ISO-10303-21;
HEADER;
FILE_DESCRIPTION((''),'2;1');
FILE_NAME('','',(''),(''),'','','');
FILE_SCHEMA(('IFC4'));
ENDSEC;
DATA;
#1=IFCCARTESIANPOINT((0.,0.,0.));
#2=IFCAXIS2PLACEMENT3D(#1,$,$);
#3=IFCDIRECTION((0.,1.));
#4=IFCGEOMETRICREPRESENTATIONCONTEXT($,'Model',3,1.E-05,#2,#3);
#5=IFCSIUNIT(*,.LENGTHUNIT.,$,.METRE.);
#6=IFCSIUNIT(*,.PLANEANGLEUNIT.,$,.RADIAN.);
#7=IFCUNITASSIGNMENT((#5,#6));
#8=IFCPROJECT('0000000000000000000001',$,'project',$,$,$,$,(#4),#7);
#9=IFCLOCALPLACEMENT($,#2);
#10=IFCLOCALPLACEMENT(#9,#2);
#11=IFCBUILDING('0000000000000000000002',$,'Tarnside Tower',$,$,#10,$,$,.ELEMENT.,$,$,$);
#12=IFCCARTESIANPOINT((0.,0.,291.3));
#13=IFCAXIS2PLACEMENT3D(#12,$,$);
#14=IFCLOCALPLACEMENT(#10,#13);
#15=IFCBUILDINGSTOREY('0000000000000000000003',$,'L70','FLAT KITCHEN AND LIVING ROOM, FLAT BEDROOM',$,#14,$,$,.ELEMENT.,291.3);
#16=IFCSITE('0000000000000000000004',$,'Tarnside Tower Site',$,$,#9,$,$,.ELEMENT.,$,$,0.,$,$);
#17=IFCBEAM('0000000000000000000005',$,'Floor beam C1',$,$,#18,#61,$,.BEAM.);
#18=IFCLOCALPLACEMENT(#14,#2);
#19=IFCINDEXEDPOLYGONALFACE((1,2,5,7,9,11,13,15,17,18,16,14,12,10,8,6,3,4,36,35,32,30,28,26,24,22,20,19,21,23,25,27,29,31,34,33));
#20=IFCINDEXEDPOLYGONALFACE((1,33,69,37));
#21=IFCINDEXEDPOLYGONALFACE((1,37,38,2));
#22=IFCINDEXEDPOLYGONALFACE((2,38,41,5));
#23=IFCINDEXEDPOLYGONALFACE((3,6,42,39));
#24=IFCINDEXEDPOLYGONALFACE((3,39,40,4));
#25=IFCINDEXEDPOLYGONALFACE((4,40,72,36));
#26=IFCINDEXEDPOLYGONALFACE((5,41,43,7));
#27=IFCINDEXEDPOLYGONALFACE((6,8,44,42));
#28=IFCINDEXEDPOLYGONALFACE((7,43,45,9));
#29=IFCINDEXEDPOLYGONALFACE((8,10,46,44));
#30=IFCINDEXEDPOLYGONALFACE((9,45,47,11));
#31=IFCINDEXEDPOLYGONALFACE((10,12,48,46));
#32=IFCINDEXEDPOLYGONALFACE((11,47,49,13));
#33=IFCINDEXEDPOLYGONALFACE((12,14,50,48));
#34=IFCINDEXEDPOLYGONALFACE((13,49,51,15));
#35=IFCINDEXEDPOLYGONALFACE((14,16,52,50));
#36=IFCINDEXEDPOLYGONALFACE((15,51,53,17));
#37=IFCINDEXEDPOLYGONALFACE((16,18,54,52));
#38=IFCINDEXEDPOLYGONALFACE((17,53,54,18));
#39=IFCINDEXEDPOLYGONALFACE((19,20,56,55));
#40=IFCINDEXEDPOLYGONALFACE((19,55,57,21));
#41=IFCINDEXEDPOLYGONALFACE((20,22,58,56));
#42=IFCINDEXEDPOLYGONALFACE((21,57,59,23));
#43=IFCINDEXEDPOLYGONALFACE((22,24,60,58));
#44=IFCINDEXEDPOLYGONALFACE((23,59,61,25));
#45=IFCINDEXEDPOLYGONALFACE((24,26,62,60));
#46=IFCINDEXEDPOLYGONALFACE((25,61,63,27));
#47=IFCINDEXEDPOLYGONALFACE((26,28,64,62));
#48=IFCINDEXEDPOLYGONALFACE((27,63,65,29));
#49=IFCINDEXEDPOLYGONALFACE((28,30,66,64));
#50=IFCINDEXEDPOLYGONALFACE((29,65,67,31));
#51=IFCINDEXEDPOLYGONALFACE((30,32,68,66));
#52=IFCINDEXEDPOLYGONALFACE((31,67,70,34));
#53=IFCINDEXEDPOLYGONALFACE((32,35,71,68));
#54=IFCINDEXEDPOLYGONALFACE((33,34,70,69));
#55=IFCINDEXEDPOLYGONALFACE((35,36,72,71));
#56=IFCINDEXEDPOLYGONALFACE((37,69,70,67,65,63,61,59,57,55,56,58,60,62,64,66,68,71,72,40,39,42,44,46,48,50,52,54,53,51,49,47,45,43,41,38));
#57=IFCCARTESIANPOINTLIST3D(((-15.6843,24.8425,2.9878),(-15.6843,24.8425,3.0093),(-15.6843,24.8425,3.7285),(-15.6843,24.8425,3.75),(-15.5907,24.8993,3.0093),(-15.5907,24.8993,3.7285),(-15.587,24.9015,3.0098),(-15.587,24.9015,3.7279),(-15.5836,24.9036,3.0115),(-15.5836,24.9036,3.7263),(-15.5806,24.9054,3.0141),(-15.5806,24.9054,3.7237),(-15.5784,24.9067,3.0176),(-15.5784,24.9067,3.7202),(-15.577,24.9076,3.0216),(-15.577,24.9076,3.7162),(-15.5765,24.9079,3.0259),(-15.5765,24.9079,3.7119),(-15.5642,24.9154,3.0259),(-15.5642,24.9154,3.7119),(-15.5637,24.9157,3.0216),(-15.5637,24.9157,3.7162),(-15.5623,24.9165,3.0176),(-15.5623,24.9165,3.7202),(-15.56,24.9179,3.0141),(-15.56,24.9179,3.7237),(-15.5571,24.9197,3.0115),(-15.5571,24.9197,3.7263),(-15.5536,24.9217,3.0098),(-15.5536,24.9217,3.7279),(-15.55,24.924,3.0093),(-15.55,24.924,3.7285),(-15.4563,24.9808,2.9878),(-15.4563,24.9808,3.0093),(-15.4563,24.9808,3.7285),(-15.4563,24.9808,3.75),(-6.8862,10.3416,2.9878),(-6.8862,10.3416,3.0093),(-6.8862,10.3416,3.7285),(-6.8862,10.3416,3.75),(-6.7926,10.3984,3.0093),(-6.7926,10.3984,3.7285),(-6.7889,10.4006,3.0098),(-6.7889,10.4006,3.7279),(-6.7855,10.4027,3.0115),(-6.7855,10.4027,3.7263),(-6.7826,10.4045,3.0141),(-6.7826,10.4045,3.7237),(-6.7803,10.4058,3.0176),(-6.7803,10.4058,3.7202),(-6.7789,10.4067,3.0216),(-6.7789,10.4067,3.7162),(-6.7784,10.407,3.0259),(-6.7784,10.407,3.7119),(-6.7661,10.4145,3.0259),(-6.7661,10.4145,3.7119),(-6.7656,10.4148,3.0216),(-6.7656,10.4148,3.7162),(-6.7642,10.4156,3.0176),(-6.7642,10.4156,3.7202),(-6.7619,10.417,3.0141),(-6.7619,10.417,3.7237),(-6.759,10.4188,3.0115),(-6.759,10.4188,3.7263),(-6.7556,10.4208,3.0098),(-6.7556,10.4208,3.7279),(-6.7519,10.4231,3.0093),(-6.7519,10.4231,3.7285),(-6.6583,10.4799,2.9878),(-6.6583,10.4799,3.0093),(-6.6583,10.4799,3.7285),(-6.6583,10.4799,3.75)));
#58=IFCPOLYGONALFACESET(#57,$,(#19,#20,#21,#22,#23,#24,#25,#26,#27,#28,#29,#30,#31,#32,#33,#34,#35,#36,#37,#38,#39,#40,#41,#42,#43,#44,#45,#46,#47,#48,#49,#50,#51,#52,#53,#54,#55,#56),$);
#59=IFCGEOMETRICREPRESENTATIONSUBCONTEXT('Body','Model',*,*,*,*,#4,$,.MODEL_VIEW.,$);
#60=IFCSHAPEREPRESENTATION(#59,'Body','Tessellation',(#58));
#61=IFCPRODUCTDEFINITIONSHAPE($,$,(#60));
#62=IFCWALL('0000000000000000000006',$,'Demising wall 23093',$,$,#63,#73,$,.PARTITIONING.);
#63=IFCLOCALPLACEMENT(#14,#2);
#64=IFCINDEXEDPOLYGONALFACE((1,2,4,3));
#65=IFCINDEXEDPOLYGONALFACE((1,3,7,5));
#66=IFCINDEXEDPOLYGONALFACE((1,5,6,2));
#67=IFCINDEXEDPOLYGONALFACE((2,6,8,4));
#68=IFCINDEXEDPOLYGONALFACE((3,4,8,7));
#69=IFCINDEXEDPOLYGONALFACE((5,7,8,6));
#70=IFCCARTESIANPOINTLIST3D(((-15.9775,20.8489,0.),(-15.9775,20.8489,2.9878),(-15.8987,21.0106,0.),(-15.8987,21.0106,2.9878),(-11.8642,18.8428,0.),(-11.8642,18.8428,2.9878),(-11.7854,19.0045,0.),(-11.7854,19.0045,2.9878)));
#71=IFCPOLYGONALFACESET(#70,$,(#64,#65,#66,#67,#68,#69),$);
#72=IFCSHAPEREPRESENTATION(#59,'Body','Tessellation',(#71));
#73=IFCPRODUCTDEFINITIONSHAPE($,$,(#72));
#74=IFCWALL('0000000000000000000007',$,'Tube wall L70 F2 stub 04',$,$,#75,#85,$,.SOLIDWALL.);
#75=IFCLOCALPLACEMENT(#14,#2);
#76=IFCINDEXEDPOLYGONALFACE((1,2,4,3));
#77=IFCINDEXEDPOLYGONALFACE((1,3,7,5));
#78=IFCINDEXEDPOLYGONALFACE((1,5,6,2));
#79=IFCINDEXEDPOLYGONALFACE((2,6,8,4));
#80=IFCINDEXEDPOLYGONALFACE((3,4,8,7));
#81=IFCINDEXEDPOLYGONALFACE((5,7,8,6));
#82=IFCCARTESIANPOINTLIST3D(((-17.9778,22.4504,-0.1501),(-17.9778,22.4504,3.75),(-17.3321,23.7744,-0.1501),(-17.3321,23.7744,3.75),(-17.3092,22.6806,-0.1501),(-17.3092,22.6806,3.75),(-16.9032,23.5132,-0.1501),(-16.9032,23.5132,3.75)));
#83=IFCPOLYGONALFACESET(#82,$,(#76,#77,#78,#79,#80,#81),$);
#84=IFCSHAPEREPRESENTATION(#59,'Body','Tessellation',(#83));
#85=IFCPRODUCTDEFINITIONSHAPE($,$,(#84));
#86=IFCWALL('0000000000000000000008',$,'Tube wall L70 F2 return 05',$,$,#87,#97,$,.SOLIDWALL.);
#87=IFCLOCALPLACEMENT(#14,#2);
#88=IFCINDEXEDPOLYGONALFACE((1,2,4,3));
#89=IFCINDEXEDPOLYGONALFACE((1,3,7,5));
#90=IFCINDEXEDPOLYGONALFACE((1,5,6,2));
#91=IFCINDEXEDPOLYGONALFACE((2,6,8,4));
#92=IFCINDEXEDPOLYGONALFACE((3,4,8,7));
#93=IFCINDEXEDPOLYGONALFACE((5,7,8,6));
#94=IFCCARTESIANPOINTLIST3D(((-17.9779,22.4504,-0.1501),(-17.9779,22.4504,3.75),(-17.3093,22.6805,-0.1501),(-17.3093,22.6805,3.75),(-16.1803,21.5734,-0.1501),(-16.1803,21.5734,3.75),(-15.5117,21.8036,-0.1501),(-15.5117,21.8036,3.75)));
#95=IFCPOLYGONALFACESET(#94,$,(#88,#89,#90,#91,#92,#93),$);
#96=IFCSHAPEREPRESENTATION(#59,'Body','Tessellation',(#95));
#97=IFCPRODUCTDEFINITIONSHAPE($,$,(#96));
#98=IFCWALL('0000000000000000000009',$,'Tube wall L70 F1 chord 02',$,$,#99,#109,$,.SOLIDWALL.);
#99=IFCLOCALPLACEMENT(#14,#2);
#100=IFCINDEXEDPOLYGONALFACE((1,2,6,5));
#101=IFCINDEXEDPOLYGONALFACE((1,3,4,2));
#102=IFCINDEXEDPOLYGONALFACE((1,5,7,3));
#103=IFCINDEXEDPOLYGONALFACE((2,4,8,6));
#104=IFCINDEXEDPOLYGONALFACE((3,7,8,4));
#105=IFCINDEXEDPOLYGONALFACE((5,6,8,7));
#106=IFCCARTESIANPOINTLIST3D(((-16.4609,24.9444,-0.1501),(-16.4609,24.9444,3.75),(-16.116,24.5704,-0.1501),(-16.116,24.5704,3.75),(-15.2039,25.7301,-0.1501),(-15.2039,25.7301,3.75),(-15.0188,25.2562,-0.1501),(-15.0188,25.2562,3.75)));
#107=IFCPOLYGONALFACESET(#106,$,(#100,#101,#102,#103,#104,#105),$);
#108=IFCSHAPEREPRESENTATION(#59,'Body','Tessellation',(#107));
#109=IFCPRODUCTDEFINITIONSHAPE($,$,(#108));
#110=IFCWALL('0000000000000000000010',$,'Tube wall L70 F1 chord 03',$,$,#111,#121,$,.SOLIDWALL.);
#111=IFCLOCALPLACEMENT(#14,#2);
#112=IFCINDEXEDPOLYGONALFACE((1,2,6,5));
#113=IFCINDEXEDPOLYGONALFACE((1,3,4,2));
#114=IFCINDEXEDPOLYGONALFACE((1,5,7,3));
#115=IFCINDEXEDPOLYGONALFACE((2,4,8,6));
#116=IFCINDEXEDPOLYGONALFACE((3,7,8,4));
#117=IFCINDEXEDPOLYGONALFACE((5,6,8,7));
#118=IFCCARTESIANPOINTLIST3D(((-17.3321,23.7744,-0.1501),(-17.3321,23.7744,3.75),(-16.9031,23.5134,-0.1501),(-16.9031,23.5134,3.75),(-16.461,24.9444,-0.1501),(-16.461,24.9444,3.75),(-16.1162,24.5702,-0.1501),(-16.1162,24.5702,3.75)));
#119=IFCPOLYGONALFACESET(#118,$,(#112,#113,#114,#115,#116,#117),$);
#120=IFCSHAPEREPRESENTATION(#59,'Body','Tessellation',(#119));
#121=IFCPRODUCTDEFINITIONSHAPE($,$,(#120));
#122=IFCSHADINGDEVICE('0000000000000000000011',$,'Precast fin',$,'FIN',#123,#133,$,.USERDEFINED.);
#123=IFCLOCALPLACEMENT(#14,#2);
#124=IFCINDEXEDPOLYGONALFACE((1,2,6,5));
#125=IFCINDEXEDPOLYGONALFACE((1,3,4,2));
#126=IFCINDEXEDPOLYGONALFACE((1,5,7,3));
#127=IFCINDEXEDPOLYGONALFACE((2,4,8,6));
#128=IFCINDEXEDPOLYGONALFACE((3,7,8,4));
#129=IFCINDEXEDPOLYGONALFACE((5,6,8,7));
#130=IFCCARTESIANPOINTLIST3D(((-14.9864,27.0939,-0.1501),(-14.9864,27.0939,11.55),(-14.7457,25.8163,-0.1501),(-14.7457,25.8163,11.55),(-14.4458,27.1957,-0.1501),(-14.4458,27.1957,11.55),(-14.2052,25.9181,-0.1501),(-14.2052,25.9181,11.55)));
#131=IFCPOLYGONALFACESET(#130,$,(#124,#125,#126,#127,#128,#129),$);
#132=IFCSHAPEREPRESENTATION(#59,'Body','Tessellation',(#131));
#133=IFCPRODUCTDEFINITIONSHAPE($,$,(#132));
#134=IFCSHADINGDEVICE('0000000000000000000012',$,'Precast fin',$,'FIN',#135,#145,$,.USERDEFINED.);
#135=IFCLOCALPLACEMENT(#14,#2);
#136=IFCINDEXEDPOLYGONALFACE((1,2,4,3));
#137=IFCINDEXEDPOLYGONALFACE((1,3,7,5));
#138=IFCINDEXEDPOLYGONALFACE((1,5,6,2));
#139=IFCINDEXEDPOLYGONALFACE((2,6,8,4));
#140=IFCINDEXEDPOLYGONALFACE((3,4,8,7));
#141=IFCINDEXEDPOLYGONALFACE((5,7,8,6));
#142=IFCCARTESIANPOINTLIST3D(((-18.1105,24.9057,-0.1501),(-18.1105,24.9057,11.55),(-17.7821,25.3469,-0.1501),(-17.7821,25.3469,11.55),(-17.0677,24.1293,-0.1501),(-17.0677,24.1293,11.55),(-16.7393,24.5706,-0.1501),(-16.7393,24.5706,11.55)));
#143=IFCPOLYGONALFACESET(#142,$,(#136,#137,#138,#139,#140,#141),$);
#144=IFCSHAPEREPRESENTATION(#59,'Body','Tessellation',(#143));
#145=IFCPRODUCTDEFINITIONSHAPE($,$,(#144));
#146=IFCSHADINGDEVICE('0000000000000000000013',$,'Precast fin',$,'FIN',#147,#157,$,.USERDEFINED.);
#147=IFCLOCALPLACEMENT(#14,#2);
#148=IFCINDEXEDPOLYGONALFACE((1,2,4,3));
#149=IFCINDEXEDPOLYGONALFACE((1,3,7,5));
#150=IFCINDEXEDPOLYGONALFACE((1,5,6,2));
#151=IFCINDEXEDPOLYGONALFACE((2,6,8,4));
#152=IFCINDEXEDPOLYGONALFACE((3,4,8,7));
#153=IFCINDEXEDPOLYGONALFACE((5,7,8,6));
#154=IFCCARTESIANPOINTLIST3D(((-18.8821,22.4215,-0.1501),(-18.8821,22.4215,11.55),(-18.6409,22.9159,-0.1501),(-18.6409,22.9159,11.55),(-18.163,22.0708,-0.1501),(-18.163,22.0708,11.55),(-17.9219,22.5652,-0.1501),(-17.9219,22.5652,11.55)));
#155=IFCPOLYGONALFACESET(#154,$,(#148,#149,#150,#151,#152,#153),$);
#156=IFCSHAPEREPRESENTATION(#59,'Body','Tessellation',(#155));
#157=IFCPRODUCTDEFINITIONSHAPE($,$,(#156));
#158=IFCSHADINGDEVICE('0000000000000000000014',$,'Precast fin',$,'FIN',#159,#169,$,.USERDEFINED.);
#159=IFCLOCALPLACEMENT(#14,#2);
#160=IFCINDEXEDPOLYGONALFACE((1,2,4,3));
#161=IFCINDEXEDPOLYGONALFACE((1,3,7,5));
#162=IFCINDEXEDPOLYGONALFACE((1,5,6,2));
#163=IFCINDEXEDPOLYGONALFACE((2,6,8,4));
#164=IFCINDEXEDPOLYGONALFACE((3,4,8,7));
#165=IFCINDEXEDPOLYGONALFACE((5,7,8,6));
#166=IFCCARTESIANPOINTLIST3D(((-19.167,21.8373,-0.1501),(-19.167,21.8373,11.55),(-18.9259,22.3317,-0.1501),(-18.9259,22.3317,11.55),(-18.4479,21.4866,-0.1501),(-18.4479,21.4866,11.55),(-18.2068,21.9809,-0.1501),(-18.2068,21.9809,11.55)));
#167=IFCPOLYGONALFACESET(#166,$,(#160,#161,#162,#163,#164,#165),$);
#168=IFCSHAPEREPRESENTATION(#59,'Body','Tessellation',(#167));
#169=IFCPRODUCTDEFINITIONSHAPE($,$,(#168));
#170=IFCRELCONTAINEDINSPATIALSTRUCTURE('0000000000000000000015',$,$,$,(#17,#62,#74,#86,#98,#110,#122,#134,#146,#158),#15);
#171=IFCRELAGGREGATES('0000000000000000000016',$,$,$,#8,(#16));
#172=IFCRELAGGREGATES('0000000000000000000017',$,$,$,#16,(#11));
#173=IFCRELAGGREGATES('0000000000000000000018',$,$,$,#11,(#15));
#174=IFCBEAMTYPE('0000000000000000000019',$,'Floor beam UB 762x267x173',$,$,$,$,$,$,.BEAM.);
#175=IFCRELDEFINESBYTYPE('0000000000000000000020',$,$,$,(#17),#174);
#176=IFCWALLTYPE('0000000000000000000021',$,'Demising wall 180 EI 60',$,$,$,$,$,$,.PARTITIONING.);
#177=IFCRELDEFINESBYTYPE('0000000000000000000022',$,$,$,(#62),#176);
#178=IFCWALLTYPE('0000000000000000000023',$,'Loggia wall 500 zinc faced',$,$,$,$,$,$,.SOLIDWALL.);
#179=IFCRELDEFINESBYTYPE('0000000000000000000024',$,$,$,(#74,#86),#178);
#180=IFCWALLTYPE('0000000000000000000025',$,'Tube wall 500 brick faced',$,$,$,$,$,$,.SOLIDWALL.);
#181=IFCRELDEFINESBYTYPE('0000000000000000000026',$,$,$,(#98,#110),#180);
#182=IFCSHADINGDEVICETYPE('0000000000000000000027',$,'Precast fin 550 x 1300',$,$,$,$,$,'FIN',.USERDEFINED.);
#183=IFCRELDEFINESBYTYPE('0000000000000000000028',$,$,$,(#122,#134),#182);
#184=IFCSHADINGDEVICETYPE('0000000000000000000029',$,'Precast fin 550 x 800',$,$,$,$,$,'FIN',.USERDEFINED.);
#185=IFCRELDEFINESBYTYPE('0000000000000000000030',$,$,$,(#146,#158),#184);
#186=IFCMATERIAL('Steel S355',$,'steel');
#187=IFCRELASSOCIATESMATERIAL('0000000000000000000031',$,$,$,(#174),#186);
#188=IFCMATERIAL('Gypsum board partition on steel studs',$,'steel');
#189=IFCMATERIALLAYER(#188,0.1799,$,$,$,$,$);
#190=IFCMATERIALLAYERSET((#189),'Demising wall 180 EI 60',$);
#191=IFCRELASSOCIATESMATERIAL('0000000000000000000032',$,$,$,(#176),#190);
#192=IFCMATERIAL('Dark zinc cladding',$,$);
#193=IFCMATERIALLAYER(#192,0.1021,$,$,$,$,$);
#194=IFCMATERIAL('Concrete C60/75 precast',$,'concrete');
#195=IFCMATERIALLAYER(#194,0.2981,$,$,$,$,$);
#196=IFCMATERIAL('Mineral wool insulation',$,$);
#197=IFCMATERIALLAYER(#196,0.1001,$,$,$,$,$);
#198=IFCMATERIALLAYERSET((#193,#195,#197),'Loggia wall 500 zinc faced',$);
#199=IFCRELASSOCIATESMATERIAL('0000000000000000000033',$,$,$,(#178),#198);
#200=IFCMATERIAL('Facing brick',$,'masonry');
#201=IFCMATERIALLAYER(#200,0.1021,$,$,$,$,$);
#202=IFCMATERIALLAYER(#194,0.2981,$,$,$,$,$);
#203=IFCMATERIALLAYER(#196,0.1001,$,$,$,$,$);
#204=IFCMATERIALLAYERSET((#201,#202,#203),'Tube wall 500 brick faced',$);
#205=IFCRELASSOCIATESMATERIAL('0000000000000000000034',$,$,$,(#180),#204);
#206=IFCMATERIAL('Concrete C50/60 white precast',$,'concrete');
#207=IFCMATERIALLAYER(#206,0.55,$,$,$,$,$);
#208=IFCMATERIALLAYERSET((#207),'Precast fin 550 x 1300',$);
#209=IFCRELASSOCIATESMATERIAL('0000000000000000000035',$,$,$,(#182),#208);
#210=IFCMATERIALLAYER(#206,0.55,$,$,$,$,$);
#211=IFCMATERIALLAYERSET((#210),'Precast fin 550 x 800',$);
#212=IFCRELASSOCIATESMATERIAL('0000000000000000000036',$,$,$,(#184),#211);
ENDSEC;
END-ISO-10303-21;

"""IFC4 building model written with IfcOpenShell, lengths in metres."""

from ifc_helpers import new_model, si_unit, direction, frame, frame_2d, origin, origin_2d, place, context, subcontext, project, spatial, polyline, rectangle, i_section, outline, extrude, material, layer, layer_set, material_profile, profile_set, type_object, element, save


model = new_model("IFC4")

# Units and contexts
model_context = context("Model", 3, precision=1e-05, world=origin(), true_north=direction((0.0, 1.0)))
body_context = subcontext(model_context, "Body", "Model", "MODEL_VIEW")
ifc_project = project(units=[si_unit("LENGTHUNIT", "METRE"), si_unit("PLANEANGLEUNIT", "RADIAN")], contexts=[model_context])

# Site, building, storey
site_placement = place(None, origin())
site = spatial("IfcSite", under=ifc_project, at=site_placement, Name="Tarnside Tower Site", CompositionType="ELEMENT", RefElevation=0.0)
building_placement = place(site_placement, origin())
building = spatial("IfcBuilding", under=site, at=building_placement, Name="Tarnside Tower", CompositionType="ELEMENT")
storey_placement = place(building_placement, frame((0.0, 0.0, 291.3)))
storey = spatial("IfcBuildingStorey", under=building, at=storey_placement, Name="L70", Description="FLAT KITCHEN AND LIVING ROOM, FLAT BEDROOM", CompositionType="ELEMENT", Elevation=291.3)

# Beam
ifc_material_1 = material(Name="Steel S355", Category="steel")
ifc_material_profile = material_profile(ifc_material_1, i_section(OverallWidth=0.2666, OverallDepth=0.7622, WebThickness=0.0144, FlangeThickness=0.0215, FilletRadius=0.0166, at=origin_2d()), Name="UB 762x267x173")
ifc_profile_set = profile_set([ifc_material_profile], Name="Steel S355")
beam_type = type_object("IfcBeamType", Name="Floor beam UB 762x267x173", PredefinedType="BEAM", material=ifc_profile_set)
beam_placement = place(storey_placement, frame((-15.5703, 24.9116, 3.3689), z_axis=(0.518717, -0.854946, 0.0), x_axis=(0.854946, 0.518717, 0.0)))
element("IfcBeam", 1, at=beam_placement, inside=storey, type_object=beam_type, Name="Floor beam C1", PredefinedType="BEAM", context=body_context, shape_type="SweptSolid", body=[
    extrude(i_section(OverallWidth=0.2666, OverallDepth=0.7622, WebThickness=0.0144, FlangeThickness=0.0215, FilletRadius=0.0166, at=origin_2d()), origin(), (0.0, 0.0, 1.0), 16.9612),
])

# Walls
ifc_material_2 = material(Name="Gypsum board partition on steel studs", Category="steel")
ifc_layer_1 = layer(ifc_material_2, 0.1799)
ifc_layer_set_1 = layer_set([ifc_layer_1], Name="Demising wall 180 EI 60")
wall_type_1 = type_object("IfcWallType", Name="Demising wall 180 EI 60", PredefinedType="PARTITIONING", material=ifc_layer_set_1)
wall_1_placement = place(storey_placement, frame((-15.938, 20.9297, 0.0), z_axis=(0.0, 0.0, 1.0), x_axis=(0.898801, -0.438357, 0.0)))
element("IfcWall", 2, at=wall_1_placement, inside=storey, type_object=wall_type_1, Name="Demising wall 23093", PredefinedType="PARTITIONING", context=body_context, shape_type="SweptSolid", body=[
    extrude(rectangle(XDim=4.5764, YDim=0.1799, at=frame_2d((2.2881, 0.0))), origin(), (0.0, 0.0, 1.0), 2.9878),
])
ifc_material_3 = material(Name="Dark zinc cladding")
ifc_layer_2 = layer(ifc_material_3, 0.1021)
ifc_material_4 = material(Name="Concrete C60/75 precast", Category="concrete")
ifc_layer_3 = layer(ifc_material_4, 0.2981)
ifc_material_5 = material(Name="Mineral wool insulation")
ifc_layer_4 = layer(ifc_material_5, 0.1001)
ifc_layer_set_2 = layer_set([ifc_layer_2, ifc_layer_3, ifc_layer_4], Name="Loggia wall 500 zinc faced")
wall_type_2 = type_object("IfcWallType", Name="Loggia wall 500 zinc faced", PredefinedType="SOLIDWALL", material=ifc_layer_set_2)
wall_2_placement = place(storey_placement, frame((-17.1177, 23.6438, -0.1501), z_axis=(0.0, 0.0, 1.0), x_axis=(-0.438319, -0.898819, 0.0)))
element("IfcWall", 3, at=wall_2_placement, inside=storey, type_object=wall_type_2, Name="Tube wall L70 F2 stub 04", PredefinedType="SOLIDWALL", context=body_context, shape_type="SweptSolid", body=[
    extrude(outline(polyline([(-0.0234, -0.25), (1.4497, -0.25), (0.9497, 0.25), (0.0234, 0.25), (-0.0234, -0.25)])), origin(), (0.0, 0.0, 1.0), 3.9001),
])
wall_3_placement = place(storey_placement, frame((-17.6436, 22.5654, -0.1501), z_axis=(0.0, 0.0, 1.0), x_axis=(0.898754, -0.438452, 0.0)))
element("IfcWall", 4, at=wall_3_placement, inside=storey, type_object=wall_type_2, Name="Tube wall L70 F2 return 05", PredefinedType="SOLIDWALL", context=body_context, shape_type="SweptSolid", body=[
    extrude(outline(polyline([(-0.25, -0.25), (1.75, -0.25), (2.25, 0.25), (0.25, 0.25), (-0.25, -0.25)])), origin(), (0.0, 0.0, 1.0), 3.9001),
])

# Walls
ifc_material_6 = material(Name="Facing brick", Category="masonry")
ifc_layer_5 = layer(ifc_material_6, 0.1021)
ifc_layer_6 = layer(ifc_material_4, 0.2981)
ifc_layer_7 = layer(ifc_material_5, 0.1001)
ifc_layer_set_3 = layer_set([ifc_layer_5, ifc_layer_6, ifc_layer_7], Name="Tube wall 500 brick faced")
wall_type_3 = type_object("IfcWallType", Name="Tube wall 500 brick faced", PredefinedType="SOLIDWALL", material=ifc_layer_set_3)
wall_4_placement = place(storey_placement, frame((-15.1113, 25.4932, -0.1501), z_axis=(0.0, 0.0, 1.0), x_axis=(-0.847979, -0.530031, 0.0)))
element("IfcWall", 5, at=wall_4_placement, inside=storey, type_object=wall_type_3, Name="Tube wall L70 F1 chord 02", PredefinedType="SOLIDWALL", context=body_context, shape_type="SweptSolid", body=[
    extrude(outline(polyline([(-0.0471, -0.25), (1.4353, -0.25), (1.3411, 0.25), (0.0471, 0.25), (-0.0471, -0.25)])), origin(), (0.0, 0.0, 1.0), 3.9001),
])
wall_5_placement = place(storey_placement, frame((-16.2886, 24.7573, -0.1501), z_axis=(0.0, 0.0, 1.0), x_axis=(-0.597211, -0.802084, 0.0)))
element("IfcWall", 6, at=wall_5_placement, inside=storey, type_object=wall_type_3, Name="Tube wall L70 F1 chord 03", PredefinedType="SOLIDWALL", context=body_context, shape_type="SweptSolid", body=[
    extrude(outline(polyline([(-0.0471, -0.25), (1.4116, -0.25), (1.3647, 0.25), (0.0471, 0.25), (-0.0471, -0.25)])), origin(), (0.0, 0.0, 1.0), 3.9001),
])

# Shading devices
ifc_material_7 = material(Name="Concrete C50/60 white precast", Category="concrete")
ifc_layer_8 = layer(ifc_material_7, 0.55)
ifc_layer_set_4 = layer_set([ifc_layer_8], Name="Precast fin 550 x 1300")
shading_device_type_1 = type_object("IfcShadingDeviceType", Name="Precast fin 550 x 1300", ElementType="FIN", PredefinedType="USERDEFINED", material=ifc_layer_set_4)
for number, where, z_axis, x_axis, name in (
    (7, (-14.4756, 25.8672, -0.1501), (0.982721, 0.185095, 0.0), (-0.185095, 0.982721, 0.0), "Precast fin"),
    (8, (-16.9036, 24.3499, -0.1501), (0.597159, 0.802123, 0.0), (-0.802123, 0.597159, 0.0), "Precast fin"),
):
    element("IfcShadingDevice", number, at=place(storey_placement, frame(where, z_axis=z_axis, x_axis=x_axis)), inside=storey, type_object=shading_device_type_1, Name=name, ObjectType="FIN", PredefinedType="USERDEFINED", context=body_context, shape_type="SweptSolid", body=[
        extrude(outline(polyline([(0.0, 0.0), (1.3, 0.0), (1.3, 11.7002), (0.0, 11.7002), (0.0, 0.0)])), frame((0.0, 0.0, -0.2749)), (0.0, 0.0, 1.0), 0.55),
    ])
ifc_layer_9 = layer(ifc_material_7, 0.55)
ifc_layer_set_5 = layer_set([ifc_layer_9], Name="Precast fin 550 x 800")
shading_device_type_2 = type_object("IfcShadingDeviceType", Name="Precast fin 550 x 800", ElementType="FIN", PredefinedType="USERDEFINED", material=ifc_layer_set_5)
for number, where, z_axis, x_axis, name in (
    (9, (-18.0425, 22.3179, -0.1501), (0.438371, 0.898794, 0.0), (-0.898794, 0.438371, 0.0), "Precast fin"),
    (10, (-18.3274, 21.7336, -0.1501), (0.438371, 0.898794, 0.0), (-0.898794, 0.438371, 0.0), "Precast fin"),
):
    element("IfcShadingDevice", number, at=place(storey_placement, frame(where, z_axis=z_axis, x_axis=x_axis)), inside=storey, type_object=shading_device_type_2, Name=name, ObjectType="FIN", PredefinedType="USERDEFINED", context=body_context, shape_type="SweptSolid", body=[
        extrude(outline(polyline([(0.0, 0.0), (0.8, 0.0), (0.8, 11.7002), (0.0, 11.7002), (0.0, 0.0)])), frame((0.0, 0.0, -0.2749)), (0.0, 0.0, 1.0), 0.55),
    ])

save(model, "model.ifc")
